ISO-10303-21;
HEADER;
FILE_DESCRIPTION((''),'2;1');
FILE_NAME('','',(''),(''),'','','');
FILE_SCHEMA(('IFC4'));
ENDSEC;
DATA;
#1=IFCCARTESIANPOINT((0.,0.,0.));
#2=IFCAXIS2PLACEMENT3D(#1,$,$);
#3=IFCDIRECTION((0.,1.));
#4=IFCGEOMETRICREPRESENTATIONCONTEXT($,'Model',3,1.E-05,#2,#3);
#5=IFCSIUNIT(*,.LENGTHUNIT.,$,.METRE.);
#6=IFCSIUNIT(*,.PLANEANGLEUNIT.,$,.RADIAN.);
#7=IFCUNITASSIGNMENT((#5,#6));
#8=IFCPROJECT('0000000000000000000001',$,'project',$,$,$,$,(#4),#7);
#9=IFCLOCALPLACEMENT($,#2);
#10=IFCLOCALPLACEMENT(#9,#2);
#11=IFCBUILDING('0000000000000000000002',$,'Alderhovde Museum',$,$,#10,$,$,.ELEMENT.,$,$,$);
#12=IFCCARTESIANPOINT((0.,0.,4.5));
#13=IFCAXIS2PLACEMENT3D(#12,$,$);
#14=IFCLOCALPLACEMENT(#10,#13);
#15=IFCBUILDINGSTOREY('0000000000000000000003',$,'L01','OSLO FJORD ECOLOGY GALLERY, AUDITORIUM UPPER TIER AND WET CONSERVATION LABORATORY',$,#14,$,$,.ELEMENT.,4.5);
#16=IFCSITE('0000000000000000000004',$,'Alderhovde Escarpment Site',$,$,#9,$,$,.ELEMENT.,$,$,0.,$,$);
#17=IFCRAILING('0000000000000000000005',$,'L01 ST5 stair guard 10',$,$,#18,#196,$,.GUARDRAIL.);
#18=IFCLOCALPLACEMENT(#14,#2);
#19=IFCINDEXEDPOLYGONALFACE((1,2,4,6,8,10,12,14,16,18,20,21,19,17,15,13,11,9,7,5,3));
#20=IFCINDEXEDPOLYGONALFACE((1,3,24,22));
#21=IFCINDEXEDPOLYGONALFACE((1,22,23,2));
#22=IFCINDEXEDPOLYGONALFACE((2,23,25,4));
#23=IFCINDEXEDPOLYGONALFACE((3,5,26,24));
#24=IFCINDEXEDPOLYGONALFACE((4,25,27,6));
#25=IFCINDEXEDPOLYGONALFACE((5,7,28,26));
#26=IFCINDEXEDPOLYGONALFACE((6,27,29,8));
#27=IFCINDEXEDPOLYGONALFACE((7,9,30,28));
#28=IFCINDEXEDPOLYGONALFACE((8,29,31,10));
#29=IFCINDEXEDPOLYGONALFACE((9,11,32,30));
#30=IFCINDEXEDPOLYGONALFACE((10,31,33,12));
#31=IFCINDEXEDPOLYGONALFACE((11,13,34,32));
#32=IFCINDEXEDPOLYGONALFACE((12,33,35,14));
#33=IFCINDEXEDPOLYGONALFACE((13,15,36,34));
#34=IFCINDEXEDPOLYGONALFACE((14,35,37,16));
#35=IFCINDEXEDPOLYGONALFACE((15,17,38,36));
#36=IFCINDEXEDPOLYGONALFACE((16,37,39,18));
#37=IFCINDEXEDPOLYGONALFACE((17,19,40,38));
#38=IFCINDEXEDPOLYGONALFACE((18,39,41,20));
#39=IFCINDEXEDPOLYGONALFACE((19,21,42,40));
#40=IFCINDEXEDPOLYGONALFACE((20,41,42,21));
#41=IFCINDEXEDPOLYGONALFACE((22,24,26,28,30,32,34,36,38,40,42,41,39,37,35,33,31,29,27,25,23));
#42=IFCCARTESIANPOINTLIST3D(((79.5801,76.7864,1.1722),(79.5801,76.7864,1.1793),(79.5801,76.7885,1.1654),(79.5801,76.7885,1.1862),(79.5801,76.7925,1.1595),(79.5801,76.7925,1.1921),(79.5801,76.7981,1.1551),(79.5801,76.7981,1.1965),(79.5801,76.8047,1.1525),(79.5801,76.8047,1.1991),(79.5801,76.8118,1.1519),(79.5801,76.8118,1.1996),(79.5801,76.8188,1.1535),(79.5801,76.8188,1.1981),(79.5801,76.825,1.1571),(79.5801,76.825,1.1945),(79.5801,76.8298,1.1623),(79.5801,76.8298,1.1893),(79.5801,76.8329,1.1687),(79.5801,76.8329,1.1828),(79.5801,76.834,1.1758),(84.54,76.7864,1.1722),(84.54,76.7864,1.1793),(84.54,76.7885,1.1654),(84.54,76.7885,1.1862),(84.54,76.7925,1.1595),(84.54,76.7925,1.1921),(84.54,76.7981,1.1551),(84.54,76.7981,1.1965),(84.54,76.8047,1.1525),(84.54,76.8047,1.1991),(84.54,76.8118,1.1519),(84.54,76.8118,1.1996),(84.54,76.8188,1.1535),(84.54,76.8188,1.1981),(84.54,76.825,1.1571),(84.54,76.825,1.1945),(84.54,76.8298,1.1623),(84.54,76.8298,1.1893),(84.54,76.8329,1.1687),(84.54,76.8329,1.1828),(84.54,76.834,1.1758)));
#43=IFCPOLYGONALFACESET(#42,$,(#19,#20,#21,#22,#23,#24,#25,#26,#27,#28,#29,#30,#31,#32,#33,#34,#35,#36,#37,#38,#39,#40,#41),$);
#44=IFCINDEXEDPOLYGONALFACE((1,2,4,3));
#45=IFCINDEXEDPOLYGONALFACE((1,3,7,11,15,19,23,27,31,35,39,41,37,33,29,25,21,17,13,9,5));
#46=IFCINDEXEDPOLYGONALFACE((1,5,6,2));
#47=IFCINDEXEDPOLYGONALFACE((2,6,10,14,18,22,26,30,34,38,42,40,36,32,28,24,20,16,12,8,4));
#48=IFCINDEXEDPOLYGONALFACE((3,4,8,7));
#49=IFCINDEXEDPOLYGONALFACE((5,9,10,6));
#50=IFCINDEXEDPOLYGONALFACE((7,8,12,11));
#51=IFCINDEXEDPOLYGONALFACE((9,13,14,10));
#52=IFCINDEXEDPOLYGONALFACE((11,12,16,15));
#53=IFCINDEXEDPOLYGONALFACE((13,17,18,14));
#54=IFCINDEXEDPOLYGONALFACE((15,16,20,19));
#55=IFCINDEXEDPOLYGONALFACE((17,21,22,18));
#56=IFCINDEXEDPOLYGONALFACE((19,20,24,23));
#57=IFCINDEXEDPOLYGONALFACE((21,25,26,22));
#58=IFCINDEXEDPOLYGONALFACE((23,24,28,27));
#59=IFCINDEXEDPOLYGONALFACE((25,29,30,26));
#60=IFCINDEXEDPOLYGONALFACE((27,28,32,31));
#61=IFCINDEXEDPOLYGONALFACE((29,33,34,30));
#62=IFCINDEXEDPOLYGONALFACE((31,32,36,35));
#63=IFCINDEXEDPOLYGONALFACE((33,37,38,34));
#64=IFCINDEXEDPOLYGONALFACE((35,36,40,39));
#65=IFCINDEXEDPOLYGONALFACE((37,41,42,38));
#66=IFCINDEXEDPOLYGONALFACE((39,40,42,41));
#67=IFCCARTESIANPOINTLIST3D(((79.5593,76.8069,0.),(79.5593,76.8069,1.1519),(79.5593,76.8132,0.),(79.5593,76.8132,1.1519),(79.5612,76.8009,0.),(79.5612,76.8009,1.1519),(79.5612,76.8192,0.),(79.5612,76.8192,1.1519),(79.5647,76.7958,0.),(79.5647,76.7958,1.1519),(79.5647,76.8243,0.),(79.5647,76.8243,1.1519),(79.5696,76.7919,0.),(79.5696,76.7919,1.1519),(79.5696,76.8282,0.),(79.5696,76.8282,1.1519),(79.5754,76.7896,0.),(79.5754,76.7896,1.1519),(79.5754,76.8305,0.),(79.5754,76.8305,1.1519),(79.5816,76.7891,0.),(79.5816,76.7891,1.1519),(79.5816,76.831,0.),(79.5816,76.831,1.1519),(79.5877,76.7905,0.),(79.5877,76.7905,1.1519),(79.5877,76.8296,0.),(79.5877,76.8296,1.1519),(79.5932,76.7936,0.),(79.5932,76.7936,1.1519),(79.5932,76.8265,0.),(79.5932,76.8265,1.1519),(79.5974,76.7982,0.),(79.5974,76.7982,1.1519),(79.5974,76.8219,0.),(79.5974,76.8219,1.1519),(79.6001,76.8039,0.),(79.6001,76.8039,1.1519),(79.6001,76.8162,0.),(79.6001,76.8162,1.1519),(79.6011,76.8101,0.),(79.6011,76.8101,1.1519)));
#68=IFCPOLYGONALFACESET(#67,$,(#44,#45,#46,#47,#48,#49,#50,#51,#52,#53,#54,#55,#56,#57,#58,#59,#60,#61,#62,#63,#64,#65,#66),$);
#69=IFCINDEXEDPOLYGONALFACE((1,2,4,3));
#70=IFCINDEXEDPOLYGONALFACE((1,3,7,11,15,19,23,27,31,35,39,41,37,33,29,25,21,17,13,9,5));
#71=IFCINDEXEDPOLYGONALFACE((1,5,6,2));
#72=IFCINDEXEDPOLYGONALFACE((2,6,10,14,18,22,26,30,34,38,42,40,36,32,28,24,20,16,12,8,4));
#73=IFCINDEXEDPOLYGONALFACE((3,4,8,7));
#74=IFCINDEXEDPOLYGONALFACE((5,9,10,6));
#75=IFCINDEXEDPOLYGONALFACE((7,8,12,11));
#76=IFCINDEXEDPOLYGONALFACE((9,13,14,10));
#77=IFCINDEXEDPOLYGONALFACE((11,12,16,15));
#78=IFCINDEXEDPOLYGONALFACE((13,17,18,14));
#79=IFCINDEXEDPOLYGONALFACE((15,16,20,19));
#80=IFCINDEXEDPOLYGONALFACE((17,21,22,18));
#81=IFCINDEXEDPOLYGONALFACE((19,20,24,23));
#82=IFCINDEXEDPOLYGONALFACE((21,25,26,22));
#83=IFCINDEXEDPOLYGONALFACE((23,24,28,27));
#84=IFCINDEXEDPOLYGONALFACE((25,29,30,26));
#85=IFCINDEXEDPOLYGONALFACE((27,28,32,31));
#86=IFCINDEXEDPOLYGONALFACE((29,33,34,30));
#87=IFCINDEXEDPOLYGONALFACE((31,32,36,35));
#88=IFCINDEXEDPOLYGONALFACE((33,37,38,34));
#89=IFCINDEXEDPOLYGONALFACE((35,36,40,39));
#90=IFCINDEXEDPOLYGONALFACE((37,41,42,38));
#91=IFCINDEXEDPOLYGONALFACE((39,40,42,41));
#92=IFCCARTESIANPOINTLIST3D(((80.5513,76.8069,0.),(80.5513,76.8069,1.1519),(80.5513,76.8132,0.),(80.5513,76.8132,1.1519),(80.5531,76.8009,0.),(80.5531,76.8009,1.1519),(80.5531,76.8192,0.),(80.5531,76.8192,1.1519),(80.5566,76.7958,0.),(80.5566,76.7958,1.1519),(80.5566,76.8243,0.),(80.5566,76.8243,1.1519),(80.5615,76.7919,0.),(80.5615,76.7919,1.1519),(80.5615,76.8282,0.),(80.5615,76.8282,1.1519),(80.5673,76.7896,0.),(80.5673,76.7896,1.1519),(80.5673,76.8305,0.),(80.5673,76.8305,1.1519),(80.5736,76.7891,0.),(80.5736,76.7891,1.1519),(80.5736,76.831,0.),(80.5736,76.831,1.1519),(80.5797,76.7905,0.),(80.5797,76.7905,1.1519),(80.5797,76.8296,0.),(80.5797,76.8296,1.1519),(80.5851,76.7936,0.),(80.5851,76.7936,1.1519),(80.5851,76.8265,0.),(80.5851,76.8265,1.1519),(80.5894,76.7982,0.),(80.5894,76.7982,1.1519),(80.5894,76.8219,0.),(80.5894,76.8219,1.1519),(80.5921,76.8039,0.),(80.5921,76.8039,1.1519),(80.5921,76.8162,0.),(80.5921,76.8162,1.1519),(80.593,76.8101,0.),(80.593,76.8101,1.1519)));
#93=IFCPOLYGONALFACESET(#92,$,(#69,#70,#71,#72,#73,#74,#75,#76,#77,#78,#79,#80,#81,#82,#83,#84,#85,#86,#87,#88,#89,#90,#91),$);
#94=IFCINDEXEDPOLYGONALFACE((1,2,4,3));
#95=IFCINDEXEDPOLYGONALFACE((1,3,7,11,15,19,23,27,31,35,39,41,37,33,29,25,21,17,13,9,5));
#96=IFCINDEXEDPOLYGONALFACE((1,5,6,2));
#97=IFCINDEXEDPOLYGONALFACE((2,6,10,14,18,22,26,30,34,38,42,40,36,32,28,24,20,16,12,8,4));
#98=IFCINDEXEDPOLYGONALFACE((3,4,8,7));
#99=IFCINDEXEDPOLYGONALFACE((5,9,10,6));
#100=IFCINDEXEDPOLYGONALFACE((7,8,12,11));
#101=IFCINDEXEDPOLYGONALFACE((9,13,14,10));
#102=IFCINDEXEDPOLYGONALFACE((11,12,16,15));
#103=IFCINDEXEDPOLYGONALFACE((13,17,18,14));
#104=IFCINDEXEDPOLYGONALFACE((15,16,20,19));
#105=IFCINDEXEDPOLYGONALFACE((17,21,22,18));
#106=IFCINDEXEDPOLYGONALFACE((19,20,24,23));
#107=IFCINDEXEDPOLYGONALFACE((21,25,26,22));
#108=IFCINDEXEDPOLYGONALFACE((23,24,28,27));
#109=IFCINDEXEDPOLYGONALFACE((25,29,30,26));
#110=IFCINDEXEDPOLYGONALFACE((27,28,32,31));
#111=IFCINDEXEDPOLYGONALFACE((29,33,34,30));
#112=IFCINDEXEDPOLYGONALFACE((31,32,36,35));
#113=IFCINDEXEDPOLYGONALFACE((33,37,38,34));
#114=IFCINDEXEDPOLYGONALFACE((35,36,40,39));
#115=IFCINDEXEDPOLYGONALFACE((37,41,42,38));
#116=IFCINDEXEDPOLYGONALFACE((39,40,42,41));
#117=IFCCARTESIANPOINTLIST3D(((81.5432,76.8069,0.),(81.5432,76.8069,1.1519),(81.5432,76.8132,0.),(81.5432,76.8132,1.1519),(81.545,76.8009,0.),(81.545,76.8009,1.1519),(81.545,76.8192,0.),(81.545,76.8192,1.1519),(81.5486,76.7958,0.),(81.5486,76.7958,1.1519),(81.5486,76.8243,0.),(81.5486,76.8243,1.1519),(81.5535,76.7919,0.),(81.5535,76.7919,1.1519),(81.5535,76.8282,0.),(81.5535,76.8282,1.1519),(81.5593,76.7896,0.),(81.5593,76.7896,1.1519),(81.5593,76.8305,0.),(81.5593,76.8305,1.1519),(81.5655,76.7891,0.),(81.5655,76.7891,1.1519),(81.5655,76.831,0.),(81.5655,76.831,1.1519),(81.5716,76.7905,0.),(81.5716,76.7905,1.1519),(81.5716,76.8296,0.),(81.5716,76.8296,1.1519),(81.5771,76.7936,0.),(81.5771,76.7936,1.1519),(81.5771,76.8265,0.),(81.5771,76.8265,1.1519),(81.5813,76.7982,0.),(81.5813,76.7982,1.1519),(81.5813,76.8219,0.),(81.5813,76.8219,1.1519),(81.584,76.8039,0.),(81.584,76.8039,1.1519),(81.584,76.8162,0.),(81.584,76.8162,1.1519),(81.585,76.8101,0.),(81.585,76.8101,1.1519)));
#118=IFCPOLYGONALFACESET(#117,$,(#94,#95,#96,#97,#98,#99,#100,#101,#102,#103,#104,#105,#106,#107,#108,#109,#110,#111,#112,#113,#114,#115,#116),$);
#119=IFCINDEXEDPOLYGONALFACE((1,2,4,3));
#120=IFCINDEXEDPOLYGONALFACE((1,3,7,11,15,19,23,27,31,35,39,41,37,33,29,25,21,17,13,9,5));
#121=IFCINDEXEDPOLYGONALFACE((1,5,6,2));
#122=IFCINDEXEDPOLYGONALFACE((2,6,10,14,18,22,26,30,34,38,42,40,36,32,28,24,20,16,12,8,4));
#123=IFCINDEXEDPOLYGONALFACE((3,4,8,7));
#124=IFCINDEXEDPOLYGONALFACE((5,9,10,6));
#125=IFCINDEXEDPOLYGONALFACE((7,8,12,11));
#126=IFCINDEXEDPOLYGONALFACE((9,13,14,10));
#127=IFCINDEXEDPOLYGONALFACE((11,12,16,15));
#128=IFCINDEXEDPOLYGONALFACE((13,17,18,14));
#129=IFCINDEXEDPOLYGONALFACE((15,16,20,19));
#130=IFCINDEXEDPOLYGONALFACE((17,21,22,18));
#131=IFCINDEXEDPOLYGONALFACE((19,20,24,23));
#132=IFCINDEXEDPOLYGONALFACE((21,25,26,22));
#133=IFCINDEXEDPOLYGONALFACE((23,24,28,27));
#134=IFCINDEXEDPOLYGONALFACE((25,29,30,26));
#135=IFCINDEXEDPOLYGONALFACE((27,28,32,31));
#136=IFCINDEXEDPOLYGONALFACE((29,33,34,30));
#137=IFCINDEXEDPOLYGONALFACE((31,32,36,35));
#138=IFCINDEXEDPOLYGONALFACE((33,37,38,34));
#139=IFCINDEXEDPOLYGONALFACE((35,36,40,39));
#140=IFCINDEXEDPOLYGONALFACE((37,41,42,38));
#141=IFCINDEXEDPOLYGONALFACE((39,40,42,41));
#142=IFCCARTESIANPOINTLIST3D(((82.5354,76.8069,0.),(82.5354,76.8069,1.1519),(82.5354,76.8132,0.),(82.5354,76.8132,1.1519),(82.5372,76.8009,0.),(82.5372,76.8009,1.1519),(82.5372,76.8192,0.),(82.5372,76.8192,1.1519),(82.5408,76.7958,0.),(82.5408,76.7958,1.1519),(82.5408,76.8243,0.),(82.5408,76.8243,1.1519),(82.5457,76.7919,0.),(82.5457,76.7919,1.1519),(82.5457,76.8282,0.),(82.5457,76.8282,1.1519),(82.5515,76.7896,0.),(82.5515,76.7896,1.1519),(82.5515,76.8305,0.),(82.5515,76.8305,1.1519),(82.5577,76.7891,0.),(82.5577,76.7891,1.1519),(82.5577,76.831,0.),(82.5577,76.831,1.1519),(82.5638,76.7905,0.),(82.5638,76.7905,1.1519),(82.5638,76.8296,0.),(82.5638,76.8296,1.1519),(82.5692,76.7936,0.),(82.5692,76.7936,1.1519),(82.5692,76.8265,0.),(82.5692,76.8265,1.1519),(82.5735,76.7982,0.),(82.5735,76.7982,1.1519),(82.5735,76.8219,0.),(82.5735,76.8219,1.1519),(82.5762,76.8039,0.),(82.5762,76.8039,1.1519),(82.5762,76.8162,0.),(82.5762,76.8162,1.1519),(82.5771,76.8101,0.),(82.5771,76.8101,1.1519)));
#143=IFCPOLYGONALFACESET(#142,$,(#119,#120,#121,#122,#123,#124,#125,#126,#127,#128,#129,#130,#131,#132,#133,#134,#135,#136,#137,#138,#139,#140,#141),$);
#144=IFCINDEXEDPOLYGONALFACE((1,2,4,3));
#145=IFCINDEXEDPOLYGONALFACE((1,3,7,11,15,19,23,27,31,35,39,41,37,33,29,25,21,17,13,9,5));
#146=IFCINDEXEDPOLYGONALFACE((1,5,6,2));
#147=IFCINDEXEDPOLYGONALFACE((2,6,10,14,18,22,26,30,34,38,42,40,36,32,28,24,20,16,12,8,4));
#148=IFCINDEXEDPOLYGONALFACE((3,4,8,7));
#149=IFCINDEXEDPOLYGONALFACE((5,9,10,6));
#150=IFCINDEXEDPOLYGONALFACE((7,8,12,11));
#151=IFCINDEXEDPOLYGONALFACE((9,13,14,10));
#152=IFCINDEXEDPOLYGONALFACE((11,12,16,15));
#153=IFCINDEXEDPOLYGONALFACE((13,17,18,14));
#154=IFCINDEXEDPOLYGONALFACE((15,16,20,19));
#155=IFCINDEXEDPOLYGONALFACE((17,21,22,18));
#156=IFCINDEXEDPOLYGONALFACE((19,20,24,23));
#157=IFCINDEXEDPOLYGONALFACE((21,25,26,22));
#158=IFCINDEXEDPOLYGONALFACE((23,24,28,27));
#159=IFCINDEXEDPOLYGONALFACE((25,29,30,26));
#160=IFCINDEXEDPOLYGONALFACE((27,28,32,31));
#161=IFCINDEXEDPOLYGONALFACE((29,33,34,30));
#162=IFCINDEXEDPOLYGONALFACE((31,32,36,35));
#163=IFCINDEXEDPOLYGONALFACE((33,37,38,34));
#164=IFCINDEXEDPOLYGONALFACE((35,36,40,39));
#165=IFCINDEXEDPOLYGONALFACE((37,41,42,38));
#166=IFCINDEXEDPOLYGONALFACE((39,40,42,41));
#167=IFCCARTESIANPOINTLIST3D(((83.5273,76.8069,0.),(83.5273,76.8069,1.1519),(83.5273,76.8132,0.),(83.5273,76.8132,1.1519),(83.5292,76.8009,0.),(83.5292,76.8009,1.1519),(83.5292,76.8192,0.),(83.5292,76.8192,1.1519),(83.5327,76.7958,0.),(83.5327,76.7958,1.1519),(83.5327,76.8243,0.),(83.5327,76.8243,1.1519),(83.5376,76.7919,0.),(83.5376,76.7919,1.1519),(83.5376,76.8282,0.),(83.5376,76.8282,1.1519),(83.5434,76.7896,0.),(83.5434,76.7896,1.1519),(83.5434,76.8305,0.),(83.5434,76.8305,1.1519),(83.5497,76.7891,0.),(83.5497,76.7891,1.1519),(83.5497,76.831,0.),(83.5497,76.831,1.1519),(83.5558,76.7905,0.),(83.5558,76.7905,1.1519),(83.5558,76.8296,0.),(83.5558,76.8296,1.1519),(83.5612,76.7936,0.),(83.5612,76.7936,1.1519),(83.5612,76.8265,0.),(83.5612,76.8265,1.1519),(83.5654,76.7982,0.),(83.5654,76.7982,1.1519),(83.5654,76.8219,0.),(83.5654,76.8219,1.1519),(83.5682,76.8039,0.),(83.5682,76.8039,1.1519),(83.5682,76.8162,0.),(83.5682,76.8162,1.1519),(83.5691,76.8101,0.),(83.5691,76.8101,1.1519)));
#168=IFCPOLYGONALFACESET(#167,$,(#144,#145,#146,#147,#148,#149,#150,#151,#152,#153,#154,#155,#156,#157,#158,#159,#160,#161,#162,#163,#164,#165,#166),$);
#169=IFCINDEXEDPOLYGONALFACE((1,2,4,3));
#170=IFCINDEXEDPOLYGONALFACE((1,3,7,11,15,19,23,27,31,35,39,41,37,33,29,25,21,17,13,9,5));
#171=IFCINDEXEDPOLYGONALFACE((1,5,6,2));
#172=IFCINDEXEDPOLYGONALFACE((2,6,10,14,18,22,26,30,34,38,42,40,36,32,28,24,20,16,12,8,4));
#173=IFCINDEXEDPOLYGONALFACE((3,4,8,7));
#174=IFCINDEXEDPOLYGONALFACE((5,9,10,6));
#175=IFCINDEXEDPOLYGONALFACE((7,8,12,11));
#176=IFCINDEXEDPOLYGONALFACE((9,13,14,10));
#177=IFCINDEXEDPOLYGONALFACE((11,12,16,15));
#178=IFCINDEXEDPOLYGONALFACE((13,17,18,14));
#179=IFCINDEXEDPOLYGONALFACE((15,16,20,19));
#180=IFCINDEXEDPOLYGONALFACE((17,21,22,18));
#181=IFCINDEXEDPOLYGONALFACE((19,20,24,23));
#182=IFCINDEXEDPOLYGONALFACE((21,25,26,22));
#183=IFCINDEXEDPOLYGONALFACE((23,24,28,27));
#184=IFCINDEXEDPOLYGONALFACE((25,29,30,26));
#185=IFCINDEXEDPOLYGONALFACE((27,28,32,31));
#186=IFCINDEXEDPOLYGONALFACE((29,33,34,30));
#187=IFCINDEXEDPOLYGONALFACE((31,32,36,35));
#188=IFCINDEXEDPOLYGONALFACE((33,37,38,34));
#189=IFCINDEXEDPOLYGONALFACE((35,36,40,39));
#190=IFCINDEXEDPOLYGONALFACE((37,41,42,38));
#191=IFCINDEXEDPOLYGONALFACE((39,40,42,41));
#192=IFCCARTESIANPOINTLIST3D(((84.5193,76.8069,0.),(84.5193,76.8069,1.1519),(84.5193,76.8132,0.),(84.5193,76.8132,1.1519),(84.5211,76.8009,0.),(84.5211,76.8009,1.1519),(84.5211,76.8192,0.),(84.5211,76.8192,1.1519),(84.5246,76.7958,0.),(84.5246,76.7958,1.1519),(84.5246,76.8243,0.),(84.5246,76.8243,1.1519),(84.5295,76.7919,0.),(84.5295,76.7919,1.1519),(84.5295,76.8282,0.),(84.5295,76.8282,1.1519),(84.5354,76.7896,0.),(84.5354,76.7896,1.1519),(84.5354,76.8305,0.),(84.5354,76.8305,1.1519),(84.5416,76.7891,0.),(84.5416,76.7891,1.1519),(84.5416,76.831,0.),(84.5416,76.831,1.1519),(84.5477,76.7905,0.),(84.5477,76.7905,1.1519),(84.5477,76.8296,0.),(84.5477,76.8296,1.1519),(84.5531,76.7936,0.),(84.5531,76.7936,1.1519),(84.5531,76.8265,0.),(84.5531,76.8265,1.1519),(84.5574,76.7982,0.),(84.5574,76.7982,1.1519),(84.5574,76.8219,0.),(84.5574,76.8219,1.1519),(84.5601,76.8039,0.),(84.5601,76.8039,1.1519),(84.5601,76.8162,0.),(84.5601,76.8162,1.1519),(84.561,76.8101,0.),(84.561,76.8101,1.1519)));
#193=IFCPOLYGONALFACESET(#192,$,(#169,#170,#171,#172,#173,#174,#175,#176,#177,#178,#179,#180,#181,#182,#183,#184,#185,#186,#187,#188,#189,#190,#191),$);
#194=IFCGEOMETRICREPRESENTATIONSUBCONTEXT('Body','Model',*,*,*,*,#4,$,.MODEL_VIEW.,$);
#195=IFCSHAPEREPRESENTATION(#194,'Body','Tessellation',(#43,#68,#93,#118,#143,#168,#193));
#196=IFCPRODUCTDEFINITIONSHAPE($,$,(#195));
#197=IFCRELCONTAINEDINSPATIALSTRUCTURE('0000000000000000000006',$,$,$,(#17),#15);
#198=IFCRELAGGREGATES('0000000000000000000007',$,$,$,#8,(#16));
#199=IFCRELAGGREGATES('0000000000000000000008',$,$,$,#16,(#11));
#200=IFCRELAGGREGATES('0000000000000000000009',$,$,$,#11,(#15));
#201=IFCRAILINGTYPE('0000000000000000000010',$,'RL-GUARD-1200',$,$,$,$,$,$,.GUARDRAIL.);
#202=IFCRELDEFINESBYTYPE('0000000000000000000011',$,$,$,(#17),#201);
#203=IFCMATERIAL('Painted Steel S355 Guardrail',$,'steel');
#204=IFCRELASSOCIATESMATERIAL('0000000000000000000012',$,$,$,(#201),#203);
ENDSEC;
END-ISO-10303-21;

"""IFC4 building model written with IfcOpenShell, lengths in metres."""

from ifc_helpers import new_model, si_unit, direction, frame, origin, origin_2d, place, context, subcontext, project, spatial, circle, extrude, material, type_object, element, save


model = new_model("IFC4")

# Units and contexts
model_context = context("Model", 3, precision=1e-05, world=origin(), true_north=direction((0.0, 1.0)))
body_context = subcontext(model_context, "Body", "Model", "MODEL_VIEW")
ifc_project = project(units=[si_unit("LENGTHUNIT", "METRE"), si_unit("PLANEANGLEUNIT", "RADIAN")], contexts=[model_context])

# Site, building, storey
site_placement = place(None, origin())
site = spatial("IfcSite", under=ifc_project, at=site_placement, Name="Alderhovde Escarpment Site", CompositionType="ELEMENT", RefElevation=0.0)
building_placement = place(site_placement, origin())
building = spatial("IfcBuilding", under=site, at=building_placement, Name="Alderhovde Museum", CompositionType="ELEMENT")
storey_placement = place(building_placement, frame((0.0, 0.0, 4.5)))
storey = spatial("IfcBuildingStorey", under=building, at=storey_placement, Name="L01", Description="OSLO FJORD ECOLOGY GALLERY, AUDITORIUM UPPER TIER AND WET CONSERVATION LABORATORY", CompositionType="ELEMENT", Elevation=4.5)

# Railing
ifc_material_1 = material(Name="Painted Steel S355 Guardrail", Category="steel")
railing_type = type_object("IfcRailingType", Name="RL-GUARD-1200", PredefinedType="GUARDRAIL", material=ifc_material_1)
railing_placement = place(storey_placement, frame((79.5801, 76.8101, 0.0)))
element("IfcRailing", 1, at=railing_placement, inside=storey, type_object=railing_type, Name="L01 ST5 stair guard 10", PredefinedType="GUARDRAIL", context=body_context, shape_type="SweptSolid", body=[
    extrude(circle(Radius=0.0239, at=origin_2d()), frame((0.0, 0.0, 1.1758), z_axis=(1.0, 0.0, 0.0), x_axis=(0.0, 1.0, 0.0)), (0.0, 0.0, 1.0), 4.96),
    extrude(circle(Radius=0.021, at=origin_2d()), origin(), (0.0, 0.0, 1.0), 1.1519),
    extrude(circle(Radius=0.021, at=origin_2d()), frame((0.9919, 0.0, 0.0)), (0.0, 0.0, 1.0), 1.1519),
    extrude(circle(Radius=0.021, at=origin_2d()), frame((1.9839, 0.0, 0.0)), (0.0, 0.0, 1.0), 1.1519),
    extrude(circle(Radius=0.021, at=origin_2d()), frame((2.9761, 0.0, 0.0)), (0.0, 0.0, 1.0), 1.1519),
    extrude(circle(Radius=0.021, at=origin_2d()), frame((3.968, 0.0, 0.0)), (0.0, 0.0, 1.0), 1.1519),
    extrude(circle(Radius=0.021, at=origin_2d()), frame((4.96, 0.0, 0.0)), (0.0, 0.0, 1.0), 1.1519),
])

save(model, "model.ifc")
